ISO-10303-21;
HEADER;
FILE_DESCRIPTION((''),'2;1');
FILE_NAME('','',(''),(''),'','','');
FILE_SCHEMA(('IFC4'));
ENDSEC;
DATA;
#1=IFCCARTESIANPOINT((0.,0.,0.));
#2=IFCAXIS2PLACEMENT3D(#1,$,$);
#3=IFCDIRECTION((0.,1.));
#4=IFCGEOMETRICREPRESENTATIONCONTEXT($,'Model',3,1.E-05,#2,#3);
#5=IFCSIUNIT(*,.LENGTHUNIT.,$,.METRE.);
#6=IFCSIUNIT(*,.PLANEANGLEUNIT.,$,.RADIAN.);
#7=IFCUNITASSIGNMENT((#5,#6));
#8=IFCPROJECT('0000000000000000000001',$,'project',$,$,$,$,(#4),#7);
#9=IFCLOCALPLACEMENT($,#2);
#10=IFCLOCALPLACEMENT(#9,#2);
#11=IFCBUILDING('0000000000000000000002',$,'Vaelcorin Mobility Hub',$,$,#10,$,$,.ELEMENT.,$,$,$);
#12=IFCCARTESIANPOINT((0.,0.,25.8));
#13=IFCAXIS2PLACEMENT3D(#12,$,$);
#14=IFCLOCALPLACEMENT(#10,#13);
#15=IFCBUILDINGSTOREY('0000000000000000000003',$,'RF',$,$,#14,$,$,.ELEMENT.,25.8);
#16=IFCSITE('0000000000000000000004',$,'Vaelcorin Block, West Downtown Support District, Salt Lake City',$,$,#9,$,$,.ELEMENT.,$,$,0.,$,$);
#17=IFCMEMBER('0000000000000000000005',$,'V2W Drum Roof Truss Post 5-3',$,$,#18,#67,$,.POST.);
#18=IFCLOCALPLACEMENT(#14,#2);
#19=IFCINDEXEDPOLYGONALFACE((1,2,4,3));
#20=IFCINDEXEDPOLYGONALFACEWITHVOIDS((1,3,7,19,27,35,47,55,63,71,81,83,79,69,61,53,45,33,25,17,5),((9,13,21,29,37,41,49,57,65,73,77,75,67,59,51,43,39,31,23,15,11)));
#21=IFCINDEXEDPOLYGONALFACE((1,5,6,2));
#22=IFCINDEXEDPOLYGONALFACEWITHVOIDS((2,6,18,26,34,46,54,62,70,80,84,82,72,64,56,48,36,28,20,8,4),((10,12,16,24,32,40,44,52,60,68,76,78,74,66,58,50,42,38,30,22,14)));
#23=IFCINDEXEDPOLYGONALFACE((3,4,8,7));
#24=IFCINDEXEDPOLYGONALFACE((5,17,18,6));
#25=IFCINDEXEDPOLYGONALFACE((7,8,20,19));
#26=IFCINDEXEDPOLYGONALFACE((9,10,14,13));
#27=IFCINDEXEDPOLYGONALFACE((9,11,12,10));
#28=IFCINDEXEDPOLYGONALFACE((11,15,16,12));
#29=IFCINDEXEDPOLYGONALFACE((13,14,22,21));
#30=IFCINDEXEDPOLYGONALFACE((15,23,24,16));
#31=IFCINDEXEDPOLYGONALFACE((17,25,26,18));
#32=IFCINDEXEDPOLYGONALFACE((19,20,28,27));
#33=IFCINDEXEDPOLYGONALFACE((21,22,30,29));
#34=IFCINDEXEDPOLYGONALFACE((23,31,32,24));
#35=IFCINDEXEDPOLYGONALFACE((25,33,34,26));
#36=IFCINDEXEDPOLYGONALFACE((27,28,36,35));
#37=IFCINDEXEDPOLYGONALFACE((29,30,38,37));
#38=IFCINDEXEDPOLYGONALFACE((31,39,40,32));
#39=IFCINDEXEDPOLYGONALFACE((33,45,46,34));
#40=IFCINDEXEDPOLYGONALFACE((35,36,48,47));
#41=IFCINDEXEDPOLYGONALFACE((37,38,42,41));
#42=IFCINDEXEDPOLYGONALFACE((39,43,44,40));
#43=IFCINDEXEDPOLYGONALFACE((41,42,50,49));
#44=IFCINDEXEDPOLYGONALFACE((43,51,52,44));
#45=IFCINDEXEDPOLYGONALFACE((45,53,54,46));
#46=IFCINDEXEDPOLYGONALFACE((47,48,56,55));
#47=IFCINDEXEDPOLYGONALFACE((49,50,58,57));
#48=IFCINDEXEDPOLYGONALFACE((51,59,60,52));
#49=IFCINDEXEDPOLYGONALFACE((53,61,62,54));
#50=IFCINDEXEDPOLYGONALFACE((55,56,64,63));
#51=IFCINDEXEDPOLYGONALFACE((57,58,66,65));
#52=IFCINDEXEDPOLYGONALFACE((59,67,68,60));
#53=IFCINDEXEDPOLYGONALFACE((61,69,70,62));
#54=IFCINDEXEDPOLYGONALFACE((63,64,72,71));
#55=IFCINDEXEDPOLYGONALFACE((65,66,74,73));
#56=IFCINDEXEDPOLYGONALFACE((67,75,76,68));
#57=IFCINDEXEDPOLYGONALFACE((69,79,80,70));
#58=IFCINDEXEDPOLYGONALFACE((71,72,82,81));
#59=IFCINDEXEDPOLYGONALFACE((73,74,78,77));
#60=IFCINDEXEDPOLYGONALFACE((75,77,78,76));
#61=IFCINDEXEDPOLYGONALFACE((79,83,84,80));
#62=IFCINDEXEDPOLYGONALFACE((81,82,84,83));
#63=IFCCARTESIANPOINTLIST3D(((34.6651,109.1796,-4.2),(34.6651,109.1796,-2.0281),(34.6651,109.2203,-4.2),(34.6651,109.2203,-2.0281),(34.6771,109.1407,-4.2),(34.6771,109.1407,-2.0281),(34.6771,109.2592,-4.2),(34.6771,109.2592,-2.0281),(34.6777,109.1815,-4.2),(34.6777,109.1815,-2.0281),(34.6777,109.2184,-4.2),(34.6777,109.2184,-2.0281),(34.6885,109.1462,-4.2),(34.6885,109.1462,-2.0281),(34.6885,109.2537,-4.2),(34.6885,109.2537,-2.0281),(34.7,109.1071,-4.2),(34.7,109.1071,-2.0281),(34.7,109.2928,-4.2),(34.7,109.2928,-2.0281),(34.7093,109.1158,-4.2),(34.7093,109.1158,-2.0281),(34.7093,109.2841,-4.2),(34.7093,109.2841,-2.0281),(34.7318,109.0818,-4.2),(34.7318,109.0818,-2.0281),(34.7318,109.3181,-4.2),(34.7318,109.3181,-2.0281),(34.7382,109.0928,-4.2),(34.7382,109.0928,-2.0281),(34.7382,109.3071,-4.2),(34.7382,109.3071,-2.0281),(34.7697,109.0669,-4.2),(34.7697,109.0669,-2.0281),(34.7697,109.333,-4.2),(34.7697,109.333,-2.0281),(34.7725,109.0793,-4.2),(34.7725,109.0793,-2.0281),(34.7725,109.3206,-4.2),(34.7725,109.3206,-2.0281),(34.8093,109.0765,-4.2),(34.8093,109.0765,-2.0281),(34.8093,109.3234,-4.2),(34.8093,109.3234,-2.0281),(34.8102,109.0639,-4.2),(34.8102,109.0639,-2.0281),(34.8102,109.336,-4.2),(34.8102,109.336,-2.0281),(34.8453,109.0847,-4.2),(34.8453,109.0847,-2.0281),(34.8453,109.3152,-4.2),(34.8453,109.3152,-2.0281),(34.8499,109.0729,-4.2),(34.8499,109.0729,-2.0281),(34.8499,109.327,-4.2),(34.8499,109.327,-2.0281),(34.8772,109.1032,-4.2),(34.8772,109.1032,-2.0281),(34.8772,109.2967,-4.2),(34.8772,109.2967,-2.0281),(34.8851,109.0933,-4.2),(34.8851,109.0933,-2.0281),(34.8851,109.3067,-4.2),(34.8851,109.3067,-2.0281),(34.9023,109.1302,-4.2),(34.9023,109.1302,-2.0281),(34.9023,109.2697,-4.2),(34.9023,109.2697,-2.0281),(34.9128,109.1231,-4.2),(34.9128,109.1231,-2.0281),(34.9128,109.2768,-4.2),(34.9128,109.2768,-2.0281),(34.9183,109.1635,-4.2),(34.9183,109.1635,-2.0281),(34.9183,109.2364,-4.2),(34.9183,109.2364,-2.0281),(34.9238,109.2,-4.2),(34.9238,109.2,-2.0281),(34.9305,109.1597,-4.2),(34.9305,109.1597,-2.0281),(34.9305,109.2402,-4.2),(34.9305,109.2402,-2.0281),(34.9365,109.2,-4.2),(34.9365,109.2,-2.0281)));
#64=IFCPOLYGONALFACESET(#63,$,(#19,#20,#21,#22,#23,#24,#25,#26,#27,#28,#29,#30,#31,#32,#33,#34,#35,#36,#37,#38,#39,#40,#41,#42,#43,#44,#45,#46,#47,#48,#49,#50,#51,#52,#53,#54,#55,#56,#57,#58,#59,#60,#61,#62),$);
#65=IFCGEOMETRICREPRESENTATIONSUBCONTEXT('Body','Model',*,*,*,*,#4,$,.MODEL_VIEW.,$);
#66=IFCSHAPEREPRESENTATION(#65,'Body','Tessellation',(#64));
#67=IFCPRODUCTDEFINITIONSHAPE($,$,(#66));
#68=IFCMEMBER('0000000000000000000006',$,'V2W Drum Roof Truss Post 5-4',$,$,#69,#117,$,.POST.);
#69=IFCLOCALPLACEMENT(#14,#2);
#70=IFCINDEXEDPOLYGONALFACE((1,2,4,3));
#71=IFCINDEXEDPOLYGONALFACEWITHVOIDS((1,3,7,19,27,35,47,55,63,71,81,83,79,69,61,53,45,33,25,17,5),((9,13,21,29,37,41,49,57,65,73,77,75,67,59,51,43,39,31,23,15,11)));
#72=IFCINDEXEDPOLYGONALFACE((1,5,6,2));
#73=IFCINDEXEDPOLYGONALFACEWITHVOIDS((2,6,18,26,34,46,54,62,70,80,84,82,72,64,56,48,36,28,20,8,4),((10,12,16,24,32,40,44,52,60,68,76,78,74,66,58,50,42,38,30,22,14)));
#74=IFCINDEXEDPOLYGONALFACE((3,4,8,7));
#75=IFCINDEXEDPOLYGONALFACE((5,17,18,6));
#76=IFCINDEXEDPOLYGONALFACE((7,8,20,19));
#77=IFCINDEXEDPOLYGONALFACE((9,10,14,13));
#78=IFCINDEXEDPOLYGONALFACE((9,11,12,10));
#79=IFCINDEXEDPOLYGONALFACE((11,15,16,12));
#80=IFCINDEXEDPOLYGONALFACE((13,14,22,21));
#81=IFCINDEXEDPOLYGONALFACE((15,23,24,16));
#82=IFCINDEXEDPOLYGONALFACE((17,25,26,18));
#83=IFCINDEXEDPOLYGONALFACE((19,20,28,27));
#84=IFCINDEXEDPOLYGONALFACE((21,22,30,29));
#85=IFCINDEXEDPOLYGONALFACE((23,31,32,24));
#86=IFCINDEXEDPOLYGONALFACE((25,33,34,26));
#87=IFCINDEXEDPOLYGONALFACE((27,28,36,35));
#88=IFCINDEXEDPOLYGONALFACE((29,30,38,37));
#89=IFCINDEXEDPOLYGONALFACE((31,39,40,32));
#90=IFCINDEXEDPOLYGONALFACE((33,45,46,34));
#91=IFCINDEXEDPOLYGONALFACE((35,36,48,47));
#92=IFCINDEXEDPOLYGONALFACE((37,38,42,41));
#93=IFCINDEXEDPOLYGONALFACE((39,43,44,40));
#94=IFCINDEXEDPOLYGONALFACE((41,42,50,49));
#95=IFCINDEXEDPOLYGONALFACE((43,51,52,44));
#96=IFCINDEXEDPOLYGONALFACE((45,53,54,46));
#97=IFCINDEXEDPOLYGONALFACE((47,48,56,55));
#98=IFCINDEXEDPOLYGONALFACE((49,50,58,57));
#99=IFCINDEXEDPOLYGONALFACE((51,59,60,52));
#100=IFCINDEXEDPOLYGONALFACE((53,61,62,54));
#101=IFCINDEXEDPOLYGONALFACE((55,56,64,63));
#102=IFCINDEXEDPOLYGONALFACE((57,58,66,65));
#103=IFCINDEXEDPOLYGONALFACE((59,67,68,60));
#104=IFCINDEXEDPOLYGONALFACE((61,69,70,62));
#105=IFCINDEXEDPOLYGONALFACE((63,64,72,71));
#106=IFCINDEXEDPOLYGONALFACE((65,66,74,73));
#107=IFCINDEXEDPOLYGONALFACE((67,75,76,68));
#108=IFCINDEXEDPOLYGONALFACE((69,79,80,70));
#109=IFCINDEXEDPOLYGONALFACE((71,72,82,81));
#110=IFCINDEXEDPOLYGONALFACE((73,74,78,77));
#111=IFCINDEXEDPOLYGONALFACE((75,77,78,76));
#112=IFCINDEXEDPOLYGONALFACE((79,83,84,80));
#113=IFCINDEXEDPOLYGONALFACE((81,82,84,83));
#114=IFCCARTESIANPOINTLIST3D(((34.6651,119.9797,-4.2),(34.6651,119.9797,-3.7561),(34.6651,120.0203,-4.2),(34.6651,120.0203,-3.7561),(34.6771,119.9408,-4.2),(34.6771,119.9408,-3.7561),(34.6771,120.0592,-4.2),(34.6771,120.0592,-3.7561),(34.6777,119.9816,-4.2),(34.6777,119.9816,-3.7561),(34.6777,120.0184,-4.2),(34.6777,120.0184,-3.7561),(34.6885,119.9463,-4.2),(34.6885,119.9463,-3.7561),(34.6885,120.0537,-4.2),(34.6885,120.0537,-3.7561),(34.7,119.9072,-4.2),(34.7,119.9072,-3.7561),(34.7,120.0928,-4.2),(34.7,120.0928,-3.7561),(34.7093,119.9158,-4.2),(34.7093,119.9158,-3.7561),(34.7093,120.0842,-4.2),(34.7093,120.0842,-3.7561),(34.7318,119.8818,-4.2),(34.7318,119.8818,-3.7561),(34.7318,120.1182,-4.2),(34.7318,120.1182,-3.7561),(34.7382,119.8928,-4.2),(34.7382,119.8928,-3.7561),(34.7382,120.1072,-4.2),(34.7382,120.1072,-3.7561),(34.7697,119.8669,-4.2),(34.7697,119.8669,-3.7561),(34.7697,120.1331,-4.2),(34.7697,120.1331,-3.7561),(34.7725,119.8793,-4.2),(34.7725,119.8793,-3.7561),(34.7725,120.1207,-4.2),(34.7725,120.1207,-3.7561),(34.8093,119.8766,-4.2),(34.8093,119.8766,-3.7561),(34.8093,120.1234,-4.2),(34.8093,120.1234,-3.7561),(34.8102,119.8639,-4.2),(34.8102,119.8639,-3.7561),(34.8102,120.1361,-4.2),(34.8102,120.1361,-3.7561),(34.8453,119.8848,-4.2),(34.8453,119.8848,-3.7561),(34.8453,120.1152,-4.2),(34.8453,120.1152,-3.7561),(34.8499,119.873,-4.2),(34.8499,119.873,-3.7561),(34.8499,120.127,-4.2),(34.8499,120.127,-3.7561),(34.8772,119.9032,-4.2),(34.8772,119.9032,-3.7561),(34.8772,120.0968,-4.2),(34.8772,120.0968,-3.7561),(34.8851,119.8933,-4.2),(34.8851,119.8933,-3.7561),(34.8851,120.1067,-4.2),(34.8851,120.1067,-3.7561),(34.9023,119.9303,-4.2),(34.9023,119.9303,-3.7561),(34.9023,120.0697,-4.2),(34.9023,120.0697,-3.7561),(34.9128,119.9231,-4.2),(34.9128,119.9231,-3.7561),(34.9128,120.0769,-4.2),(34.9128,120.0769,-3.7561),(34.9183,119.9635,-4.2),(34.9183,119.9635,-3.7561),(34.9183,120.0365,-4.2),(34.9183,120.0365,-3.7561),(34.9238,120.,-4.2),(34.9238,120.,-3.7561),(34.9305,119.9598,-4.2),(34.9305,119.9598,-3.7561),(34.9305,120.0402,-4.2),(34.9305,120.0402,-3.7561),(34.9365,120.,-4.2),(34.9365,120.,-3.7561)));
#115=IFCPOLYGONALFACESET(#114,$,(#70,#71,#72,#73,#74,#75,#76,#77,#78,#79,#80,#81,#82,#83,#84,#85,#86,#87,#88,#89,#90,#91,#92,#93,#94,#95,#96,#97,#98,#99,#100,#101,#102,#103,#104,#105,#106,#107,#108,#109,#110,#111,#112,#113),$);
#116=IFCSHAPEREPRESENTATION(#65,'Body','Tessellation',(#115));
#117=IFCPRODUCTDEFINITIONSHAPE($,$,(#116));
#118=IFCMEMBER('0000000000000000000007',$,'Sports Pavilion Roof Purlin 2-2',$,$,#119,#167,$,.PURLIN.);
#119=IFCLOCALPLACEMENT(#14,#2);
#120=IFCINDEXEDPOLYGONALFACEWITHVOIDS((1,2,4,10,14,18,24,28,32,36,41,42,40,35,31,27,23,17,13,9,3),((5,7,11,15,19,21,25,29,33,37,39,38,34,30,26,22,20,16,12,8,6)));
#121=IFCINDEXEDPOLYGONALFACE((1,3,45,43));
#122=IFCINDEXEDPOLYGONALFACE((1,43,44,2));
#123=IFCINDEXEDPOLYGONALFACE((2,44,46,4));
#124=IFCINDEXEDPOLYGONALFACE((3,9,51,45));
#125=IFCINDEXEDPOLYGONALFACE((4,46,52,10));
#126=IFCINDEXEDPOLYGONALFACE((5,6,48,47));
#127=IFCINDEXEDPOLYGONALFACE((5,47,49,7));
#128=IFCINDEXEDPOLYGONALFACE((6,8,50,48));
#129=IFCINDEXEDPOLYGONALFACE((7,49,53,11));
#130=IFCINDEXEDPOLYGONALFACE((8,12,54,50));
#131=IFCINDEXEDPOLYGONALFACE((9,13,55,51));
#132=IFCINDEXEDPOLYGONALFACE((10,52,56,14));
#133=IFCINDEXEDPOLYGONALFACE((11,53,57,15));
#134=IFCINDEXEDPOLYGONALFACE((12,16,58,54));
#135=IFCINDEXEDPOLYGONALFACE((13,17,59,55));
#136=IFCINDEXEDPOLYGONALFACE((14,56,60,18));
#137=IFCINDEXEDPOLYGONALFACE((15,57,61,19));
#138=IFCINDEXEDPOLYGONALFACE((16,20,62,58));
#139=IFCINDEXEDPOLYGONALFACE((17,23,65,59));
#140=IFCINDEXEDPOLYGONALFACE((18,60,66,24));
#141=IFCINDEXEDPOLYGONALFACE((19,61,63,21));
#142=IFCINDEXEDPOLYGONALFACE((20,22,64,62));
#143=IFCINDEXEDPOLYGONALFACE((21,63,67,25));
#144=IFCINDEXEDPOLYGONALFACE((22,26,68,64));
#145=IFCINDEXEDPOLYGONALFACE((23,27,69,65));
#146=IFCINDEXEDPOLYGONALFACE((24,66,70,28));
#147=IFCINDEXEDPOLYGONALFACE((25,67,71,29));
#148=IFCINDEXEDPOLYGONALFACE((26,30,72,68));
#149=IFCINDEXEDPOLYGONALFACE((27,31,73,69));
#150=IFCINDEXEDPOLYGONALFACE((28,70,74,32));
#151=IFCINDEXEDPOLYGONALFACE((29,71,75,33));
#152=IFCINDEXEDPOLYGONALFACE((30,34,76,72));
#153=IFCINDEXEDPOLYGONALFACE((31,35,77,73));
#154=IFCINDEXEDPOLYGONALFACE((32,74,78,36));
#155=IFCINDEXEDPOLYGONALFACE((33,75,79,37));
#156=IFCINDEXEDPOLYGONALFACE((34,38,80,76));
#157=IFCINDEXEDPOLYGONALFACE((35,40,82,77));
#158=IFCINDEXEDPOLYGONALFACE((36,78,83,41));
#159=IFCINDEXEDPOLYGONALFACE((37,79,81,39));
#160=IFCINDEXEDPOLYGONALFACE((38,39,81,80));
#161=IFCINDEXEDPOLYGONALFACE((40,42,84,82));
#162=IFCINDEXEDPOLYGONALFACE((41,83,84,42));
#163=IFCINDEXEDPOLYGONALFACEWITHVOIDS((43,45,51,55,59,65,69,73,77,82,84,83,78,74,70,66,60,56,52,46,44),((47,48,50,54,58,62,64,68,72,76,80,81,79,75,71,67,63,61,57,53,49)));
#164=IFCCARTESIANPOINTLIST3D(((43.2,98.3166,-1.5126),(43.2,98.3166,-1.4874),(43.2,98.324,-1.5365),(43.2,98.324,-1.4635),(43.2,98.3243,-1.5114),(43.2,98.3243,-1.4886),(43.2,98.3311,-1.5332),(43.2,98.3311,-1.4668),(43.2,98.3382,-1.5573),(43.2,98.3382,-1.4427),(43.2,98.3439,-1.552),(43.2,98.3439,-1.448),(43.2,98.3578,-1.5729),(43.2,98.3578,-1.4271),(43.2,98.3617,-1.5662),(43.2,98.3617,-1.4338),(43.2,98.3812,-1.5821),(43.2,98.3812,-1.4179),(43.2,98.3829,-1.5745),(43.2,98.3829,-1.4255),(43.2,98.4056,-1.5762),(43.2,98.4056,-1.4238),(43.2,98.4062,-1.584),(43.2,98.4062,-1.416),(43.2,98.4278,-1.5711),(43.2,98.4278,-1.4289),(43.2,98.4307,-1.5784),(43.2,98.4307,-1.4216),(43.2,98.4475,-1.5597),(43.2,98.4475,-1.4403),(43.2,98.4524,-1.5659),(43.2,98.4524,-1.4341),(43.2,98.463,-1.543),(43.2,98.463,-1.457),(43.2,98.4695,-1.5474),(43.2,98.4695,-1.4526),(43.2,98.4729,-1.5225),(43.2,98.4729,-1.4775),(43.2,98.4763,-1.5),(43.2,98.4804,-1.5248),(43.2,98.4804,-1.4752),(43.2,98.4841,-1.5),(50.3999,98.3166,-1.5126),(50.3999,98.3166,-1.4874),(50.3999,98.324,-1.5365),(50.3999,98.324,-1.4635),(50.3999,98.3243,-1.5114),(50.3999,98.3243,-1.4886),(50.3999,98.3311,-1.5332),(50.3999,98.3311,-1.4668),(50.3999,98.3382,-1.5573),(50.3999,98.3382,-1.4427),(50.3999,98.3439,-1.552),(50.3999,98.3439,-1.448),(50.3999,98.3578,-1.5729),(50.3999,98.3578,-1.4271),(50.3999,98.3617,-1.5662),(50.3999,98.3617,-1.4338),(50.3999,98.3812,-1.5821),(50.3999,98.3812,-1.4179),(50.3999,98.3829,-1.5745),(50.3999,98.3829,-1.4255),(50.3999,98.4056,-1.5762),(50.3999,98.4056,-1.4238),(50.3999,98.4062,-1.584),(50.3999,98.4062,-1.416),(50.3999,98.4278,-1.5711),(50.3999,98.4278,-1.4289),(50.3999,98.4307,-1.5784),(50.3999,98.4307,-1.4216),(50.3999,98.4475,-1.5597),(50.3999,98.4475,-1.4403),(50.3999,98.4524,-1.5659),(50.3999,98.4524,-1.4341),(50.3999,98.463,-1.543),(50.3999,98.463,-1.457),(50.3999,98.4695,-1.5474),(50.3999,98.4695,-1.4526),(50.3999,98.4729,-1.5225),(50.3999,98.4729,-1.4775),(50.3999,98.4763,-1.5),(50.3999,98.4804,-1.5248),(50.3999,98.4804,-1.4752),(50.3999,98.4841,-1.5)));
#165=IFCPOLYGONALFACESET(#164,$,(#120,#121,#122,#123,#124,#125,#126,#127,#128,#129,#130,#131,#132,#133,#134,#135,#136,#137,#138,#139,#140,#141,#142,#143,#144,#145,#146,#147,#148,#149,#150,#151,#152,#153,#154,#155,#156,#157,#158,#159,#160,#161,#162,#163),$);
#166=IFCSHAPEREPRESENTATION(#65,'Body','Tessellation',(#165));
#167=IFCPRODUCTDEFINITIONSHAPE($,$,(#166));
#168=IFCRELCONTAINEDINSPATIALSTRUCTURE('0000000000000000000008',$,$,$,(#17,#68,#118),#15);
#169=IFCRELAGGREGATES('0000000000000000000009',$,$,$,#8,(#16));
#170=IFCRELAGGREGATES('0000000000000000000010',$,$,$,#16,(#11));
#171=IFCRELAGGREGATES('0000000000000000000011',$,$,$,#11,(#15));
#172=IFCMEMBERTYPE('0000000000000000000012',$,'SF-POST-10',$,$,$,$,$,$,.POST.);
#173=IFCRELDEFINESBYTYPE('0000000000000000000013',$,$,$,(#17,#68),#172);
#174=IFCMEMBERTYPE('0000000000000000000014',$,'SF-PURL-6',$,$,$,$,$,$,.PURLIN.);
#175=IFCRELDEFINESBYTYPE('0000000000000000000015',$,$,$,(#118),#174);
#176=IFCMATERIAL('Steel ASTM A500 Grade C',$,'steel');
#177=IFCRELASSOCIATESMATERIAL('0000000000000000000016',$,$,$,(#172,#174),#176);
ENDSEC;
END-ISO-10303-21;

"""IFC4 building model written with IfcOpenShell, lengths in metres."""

from ifc_helpers import new_model, si_unit, direction, frame, origin, origin_2d, place, context, subcontext, project, spatial, hollow_circle, extrude, material, material_profile, profile_set, type_object, element, save


model = new_model("IFC4")

# Units and contexts
model_context = context("Model", 3, precision=1e-05, world=origin(), true_north=direction((0.0, 1.0)))
body_context = subcontext(model_context, "Body", "Model", "MODEL_VIEW")
ifc_project = project(units=[si_unit("LENGTHUNIT", "METRE"), si_unit("PLANEANGLEUNIT", "RADIAN")], contexts=[model_context])

# Site, building, storey
site_placement = place(None, origin())
site = spatial("IfcSite", under=ifc_project, at=site_placement, Name="Vaelcorin Block, West Downtown Support District, Salt Lake City", CompositionType="ELEMENT", RefElevation=0.0)
building_placement = place(site_placement, origin())
building = spatial("IfcBuilding", under=site, at=building_placement, Name="Vaelcorin Mobility Hub", CompositionType="ELEMENT")
storey_placement = place(building_placement, frame((0.0, 0.0, 25.8)))
storey = spatial("IfcBuildingStorey", under=building, at=storey_placement, Name="RF", CompositionType="ELEMENT", Elevation=25.8)

# Members
ifc_material_1 = material(Name="Steel ASTM A500 Grade C", Category="steel")
ifc_material_profile_1 = material_profile(ifc_material_1, hollow_circle(Radius=0.1365, WallThickness=0.0127, at=origin_2d()), Name="HSS10.750X0.500")
ifc_profile_set_1 = profile_set([ifc_material_profile_1], Name="Steel ASTM A500 Grade C")
member_type_1 = type_object("IfcMemberType", Name="SF-POST-10", PredefinedType="POST", material=ifc_profile_set_1)
member_1_placement = place(storey_placement, frame((34.8, 109.2, -4.2), z_axis=(0.0, 0.0, 1.0), x_axis=(1.0, 0.0, 0.0)))
element("IfcMember", 1, at=member_1_placement, inside=storey, type_object=member_type_1, Name="V2W Drum Roof Truss Post 5-3", PredefinedType="POST", context=body_context, shape_type="SweptSolid", body=[
    extrude(hollow_circle(Radius=0.1365, WallThickness=0.0127, at=origin_2d()), origin(), (0.0, 0.0, 1.0), 2.1719),
])
member_2_placement = place(storey_placement, frame((34.8, 120.0, -4.2), z_axis=(0.0, 0.0, 1.0), x_axis=(1.0, 0.0, 0.0)))
element("IfcMember", 2, at=member_2_placement, inside=storey, type_object=member_type_1, Name="V2W Drum Roof Truss Post 5-4", PredefinedType="POST", context=body_context, shape_type="SweptSolid", body=[
    extrude(hollow_circle(Radius=0.1365, WallThickness=0.0127, at=origin_2d()), origin(), (0.0, 0.0, 1.0), 0.4438),
])
ifc_material_profile_2 = material_profile(ifc_material_1, hollow_circle(Radius=0.0842, WallThickness=0.0078, at=origin_2d()), Name="HSS6.625X0.312")
ifc_profile_set_2 = profile_set([ifc_material_profile_2], Name="Steel ASTM A500 Grade C")
member_type_2 = type_object("IfcMemberType", Name="SF-PURL-6", PredefinedType="PURLIN", material=ifc_profile_set_2)
member_3_placement = place(storey_placement, frame((43.2, 98.3999, -1.5), z_axis=(1.0, 0.0, 0.0), x_axis=(0.0, 1.0, 0.0)))
element("IfcMember", 3, at=member_3_placement, inside=storey, type_object=member_type_2, Name="Sports Pavilion Roof Purlin 2-2", PredefinedType="PURLIN", context=body_context, shape_type="SweptSolid", body=[
    extrude(hollow_circle(Radius=0.0842, WallThickness=0.0078, at=origin_2d()), origin(), (0.0, 0.0, 1.0), 7.2),
])

save(model, "model.ifc")
